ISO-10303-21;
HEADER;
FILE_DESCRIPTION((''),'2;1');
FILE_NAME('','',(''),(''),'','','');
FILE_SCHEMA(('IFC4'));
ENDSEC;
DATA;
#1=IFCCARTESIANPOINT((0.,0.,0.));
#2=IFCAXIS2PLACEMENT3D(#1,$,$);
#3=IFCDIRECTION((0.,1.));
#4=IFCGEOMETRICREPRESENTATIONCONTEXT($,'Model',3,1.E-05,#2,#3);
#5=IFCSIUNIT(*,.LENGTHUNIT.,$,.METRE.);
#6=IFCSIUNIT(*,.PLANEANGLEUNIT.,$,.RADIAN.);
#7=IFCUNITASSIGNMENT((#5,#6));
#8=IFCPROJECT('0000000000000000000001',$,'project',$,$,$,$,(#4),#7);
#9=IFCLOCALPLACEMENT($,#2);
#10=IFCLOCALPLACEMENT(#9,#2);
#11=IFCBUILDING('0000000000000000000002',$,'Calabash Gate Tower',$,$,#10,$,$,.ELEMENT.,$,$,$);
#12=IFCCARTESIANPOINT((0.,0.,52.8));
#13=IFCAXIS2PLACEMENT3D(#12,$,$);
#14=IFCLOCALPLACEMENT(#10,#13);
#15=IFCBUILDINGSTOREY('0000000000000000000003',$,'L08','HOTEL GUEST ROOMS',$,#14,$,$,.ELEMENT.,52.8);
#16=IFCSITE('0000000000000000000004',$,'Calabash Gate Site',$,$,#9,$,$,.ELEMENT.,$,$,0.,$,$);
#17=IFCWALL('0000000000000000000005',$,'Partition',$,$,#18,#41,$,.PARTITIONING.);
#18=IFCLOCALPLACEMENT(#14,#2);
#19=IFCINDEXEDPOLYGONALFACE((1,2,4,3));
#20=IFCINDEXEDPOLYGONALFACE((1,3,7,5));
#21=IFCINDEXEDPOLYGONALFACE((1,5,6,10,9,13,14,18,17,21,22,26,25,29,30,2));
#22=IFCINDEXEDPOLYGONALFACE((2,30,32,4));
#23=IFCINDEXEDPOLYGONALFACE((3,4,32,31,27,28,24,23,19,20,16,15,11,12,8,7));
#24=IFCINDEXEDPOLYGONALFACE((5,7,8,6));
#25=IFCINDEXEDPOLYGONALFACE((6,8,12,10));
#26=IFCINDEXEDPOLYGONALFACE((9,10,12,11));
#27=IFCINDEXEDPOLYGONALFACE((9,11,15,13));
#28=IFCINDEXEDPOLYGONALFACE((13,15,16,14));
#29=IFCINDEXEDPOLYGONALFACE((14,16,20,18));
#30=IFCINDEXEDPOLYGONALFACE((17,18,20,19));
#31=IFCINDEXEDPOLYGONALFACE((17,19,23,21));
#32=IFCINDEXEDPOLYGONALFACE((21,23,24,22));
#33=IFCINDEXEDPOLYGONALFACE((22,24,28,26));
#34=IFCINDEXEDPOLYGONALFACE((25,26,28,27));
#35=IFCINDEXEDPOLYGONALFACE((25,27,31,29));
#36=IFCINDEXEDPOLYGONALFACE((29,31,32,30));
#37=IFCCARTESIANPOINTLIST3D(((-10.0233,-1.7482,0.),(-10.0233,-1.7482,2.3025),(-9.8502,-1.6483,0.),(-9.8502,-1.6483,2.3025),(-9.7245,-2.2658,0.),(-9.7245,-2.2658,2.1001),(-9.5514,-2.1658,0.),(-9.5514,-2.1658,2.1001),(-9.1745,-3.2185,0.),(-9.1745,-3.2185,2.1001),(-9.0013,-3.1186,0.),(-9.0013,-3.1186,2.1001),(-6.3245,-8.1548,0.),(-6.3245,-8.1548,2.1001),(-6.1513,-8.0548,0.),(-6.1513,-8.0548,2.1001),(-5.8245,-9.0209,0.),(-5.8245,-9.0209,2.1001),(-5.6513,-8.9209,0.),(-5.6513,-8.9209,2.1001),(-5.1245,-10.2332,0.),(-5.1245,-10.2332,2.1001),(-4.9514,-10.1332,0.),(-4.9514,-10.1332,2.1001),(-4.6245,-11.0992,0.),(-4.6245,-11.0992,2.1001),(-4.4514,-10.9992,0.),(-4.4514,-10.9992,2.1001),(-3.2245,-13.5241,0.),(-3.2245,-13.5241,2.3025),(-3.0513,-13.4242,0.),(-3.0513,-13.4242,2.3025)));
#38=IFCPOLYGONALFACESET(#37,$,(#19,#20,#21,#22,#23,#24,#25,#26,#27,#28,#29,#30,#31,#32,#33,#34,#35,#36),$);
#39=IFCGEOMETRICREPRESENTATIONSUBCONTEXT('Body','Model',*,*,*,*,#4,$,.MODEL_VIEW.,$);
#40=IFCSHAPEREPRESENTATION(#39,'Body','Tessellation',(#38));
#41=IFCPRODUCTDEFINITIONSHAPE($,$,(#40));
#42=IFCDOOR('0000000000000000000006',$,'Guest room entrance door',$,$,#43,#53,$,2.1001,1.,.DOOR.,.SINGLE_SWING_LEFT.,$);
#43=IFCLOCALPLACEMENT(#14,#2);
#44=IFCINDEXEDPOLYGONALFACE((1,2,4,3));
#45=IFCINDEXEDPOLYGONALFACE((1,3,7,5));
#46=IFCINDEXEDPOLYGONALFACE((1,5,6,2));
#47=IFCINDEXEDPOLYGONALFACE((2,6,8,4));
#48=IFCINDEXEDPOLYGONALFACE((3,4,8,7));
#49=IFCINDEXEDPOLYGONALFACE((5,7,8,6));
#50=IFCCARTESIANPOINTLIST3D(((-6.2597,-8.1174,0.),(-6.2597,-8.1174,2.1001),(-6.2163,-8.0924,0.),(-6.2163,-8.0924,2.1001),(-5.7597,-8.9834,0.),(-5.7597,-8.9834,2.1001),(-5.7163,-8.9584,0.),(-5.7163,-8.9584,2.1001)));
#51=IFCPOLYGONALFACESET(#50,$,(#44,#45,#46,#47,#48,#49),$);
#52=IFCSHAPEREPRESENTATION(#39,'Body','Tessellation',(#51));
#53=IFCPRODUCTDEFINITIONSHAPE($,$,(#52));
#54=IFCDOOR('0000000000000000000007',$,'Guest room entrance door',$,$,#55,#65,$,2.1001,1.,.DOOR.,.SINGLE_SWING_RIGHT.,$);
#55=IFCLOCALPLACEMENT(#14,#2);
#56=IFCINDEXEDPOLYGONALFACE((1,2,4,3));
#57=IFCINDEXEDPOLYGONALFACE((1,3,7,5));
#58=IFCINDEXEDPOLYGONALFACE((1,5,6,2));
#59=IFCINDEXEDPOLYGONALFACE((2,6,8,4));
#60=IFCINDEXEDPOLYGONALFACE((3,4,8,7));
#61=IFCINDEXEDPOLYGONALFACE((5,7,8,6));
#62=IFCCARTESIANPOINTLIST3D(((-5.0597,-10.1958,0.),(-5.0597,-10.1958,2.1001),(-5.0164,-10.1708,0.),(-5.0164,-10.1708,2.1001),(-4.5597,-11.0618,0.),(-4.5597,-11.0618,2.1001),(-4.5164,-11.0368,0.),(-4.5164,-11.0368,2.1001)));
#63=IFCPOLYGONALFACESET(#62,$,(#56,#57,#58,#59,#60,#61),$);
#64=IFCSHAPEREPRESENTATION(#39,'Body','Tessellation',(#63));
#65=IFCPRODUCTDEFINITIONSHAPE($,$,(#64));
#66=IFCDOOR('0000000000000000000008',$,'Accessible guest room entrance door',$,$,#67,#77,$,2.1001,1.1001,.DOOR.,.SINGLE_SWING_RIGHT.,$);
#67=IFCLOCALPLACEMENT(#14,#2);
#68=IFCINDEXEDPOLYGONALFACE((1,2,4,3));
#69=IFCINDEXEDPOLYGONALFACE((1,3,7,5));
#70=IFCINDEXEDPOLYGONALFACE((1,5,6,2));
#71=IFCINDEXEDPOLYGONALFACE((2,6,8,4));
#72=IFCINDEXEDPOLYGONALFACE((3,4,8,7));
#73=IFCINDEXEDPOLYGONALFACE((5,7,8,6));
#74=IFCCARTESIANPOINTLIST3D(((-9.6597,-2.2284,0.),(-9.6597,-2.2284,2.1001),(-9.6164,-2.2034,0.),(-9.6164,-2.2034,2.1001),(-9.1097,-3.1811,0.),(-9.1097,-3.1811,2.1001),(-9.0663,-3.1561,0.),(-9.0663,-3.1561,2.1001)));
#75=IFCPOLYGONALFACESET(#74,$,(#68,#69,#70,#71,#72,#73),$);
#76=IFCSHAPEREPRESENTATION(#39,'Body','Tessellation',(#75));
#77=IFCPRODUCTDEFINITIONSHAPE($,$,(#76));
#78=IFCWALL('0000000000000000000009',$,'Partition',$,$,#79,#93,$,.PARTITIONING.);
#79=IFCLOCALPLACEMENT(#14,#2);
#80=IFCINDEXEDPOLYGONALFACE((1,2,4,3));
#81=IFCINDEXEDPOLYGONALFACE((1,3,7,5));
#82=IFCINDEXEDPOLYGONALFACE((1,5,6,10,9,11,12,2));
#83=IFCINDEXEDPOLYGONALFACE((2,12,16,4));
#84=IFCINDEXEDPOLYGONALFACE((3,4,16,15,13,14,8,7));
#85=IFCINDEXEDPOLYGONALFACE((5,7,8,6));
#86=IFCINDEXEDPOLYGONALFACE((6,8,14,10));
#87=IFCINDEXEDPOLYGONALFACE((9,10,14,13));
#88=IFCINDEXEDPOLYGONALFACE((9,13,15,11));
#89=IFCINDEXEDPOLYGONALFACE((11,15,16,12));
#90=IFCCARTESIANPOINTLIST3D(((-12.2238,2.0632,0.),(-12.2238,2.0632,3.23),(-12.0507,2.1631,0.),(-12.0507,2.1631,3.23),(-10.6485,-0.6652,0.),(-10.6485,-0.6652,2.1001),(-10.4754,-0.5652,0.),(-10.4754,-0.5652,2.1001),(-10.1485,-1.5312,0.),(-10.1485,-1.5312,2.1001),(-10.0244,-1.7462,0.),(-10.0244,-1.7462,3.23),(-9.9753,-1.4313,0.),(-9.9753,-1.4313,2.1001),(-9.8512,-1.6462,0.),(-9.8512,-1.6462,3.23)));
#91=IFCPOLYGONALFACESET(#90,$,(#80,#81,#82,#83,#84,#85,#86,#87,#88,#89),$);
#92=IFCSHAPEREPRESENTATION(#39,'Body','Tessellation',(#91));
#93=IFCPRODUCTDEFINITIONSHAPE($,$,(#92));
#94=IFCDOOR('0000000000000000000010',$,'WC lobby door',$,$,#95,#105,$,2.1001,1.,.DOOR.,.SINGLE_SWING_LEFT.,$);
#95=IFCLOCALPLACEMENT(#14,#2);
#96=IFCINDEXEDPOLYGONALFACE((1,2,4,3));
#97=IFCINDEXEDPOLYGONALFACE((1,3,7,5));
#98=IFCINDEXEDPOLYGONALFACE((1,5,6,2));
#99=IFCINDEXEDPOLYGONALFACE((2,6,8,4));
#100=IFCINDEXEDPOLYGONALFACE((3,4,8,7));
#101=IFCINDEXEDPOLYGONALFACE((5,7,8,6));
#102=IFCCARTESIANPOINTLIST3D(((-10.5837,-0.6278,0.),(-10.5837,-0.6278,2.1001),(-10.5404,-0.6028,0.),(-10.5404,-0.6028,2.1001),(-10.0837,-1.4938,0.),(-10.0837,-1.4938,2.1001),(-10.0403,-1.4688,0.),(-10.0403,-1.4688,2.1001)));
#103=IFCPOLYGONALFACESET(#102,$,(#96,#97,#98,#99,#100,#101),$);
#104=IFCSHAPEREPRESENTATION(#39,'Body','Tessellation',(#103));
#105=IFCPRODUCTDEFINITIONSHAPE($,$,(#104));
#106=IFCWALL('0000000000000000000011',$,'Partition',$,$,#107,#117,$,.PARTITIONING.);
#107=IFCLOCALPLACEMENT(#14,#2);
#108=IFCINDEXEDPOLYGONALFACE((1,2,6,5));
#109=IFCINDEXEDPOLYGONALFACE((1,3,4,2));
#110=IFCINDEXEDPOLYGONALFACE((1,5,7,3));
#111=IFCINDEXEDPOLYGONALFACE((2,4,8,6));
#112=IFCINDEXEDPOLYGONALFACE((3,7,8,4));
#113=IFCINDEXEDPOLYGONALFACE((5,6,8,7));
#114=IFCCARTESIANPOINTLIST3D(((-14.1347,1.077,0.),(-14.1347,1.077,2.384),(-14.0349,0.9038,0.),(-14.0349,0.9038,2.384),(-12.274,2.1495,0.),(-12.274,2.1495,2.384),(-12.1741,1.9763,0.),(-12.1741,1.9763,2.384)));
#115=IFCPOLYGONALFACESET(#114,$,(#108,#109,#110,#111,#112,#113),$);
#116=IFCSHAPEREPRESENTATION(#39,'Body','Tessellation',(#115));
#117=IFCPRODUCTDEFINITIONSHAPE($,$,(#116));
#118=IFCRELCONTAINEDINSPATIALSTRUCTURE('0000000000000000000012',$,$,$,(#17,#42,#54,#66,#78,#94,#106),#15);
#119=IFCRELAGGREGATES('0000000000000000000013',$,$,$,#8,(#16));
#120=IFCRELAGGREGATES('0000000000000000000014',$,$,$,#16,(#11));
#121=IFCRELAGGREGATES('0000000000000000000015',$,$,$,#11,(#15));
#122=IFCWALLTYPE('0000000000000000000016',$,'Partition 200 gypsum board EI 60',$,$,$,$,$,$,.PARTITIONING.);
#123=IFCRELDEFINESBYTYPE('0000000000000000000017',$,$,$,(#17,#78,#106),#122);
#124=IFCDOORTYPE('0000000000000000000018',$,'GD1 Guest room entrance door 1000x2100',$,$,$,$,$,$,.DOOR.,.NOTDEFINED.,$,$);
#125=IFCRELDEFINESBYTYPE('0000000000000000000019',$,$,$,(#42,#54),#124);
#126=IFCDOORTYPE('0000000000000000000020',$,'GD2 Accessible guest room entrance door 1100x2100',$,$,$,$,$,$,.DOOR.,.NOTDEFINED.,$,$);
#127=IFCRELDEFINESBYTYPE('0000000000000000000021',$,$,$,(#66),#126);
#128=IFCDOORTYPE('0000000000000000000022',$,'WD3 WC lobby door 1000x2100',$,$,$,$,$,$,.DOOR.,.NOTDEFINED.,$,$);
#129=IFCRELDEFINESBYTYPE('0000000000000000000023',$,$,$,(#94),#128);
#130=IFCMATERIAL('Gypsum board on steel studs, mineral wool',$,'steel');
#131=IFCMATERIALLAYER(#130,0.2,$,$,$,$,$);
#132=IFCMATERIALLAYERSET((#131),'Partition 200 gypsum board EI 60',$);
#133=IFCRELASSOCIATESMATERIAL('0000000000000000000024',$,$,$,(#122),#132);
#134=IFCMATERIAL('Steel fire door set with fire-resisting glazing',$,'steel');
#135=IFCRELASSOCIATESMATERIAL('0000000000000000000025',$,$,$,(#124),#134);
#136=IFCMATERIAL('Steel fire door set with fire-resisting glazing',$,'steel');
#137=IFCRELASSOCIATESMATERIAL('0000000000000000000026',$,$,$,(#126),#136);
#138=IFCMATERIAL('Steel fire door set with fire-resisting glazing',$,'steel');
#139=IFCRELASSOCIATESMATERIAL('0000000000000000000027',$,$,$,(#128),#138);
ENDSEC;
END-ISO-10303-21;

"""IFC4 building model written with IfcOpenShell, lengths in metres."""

from ifc_helpers import new_model, si_unit, direction, frame, frame_2d, origin, place, context, subcontext, project, spatial, rectangle, extrude, material, layer, layer_set, type_object, element, fill, save


model = new_model("IFC4")

# Units and contexts
model_context = context("Model", 3, precision=1e-05, world=origin(), true_north=direction((0.0, 1.0)))
body_context = subcontext(model_context, "Body", "Model", "MODEL_VIEW")
ifc_project = project(units=[si_unit("LENGTHUNIT", "METRE"), si_unit("PLANEANGLEUNIT", "RADIAN")], contexts=[model_context])

# Site, building, storey
site_placement = place(None, origin())
site = spatial("IfcSite", under=ifc_project, at=site_placement, Name="Calabash Gate Site", CompositionType="ELEMENT", RefElevation=0.0)
building_placement = place(site_placement, origin())
building = spatial("IfcBuilding", under=site, at=building_placement, Name="Calabash Gate Tower", CompositionType="ELEMENT")
storey_placement = place(building_placement, frame((0.0, 0.0, 52.8)))
storey = spatial("IfcBuildingStorey", under=building, at=storey_placement, Name="L08", Description="HOTEL GUEST ROOMS", CompositionType="ELEMENT", Elevation=52.8)

# Shared definitions
ifc_material_1 = material(Name="Gypsum board on steel studs, mineral wool", Category="steel")
ifc_layer_1 = layer(ifc_material_1, 0.2)
ifc_layer_set_1 = layer_set([ifc_layer_1], Name="Partition 200 gypsum board EI 60")
wall_type_1 = type_object("IfcWallType", Name="Partition 200 gypsum board EI 60", PredefinedType="PARTITIONING", material=ifc_layer_set_1)

# Wall, openings, doors
wall_1_placement = place(storey_placement, frame((-9.9368, -1.6982, 0.0), z_axis=(0.0, 0.0, 1.0), x_axis=(0.500001, -0.866025, 0.0)))
wall_1 = element("IfcWall", 1, at=wall_1_placement, inside=storey, type_object=wall_type_1, Name="Partition", PredefinedType="PARTITIONING", context=body_context, shape_type="SweptSolid", body=[
    extrude(rectangle(XDim=13.5977, YDim=0.2, at=frame_2d((6.7988, 0.0))), origin(), (0.0, 0.0, 1.0), 2.3025),
])
opening_1_placement = place(wall_1_placement, frame((0.5977, 0.0, 0.0)))
opening_1 = element("IfcOpeningElement", 2, at=opening_1_placement, cuts=wall_1, PredefinedType="OPENING", context=body_context, shape_type="SweptSolid", body=[
    extrude(rectangle(XDim=1.1001, YDim=2.1001, at=frame_2d((0.55, 1.05))), frame((0.0, 0.1099, 0.0), z_axis=(0.0, -1.0, 0.0), x_axis=(1.0, 0.0, 0.0)), (0.0, 0.0, 1.0), 0.22),
])
opening_2_placement = place(wall_1_placement, frame((7.3977, 0.0, 0.0)))
opening_2 = element("IfcOpeningElement", 3, at=opening_2_placement, cuts=wall_1, PredefinedType="OPENING", context=body_context, shape_type="SweptSolid", body=[
    extrude(rectangle(XDim=1.0, YDim=2.1001, at=frame_2d((0.5, 1.05))), frame((0.0, 0.1099, 0.0), z_axis=(0.0, -1.0, 0.0), x_axis=(1.0, 0.0, 0.0)), (0.0, 0.0, 1.0), 0.22),
])
opening_3_placement = place(wall_1_placement, frame((9.7976, 0.0, 0.0)))
opening_3 = element("IfcOpeningElement", 4, at=opening_3_placement, cuts=wall_1, PredefinedType="OPENING", context=body_context, shape_type="SweptSolid", body=[
    extrude(rectangle(XDim=1.0, YDim=2.1001, at=frame_2d((0.5, 1.05))), frame((0.0, 0.1099, 0.0), z_axis=(0.0, -1.0, 0.0), x_axis=(1.0, 0.0, 0.0)), (0.0, 0.0, 1.0), 0.22),
])
ifc_material_2 = material(Name="Steel fire door set with fire-resisting glazing", Category="steel")
door_type_1 = type_object("IfcDoorType", Name="GD1 Guest room entrance door 1000x2100", OperationType="NOTDEFINED", PredefinedType="DOOR", material=ifc_material_2)
door_1_placement = place(opening_2_placement, origin())
door_1 = element("IfcDoor", 5, at=door_1_placement, inside=storey, type_object=door_type_1, Name="Guest room entrance door", OperationType="SINGLE_SWING_LEFT", OverallHeight=2.1001, OverallWidth=1.0, PredefinedType="DOOR", context=body_context, shape_type="SweptSolid", body=[
    extrude(rectangle(XDim=1.0, YDim=2.1001, at=frame_2d((0.5, 1.05))), frame((0.0, 0.0249, 0.0), z_axis=(0.0, -1.0, 0.0), x_axis=(1.0, 0.0, 0.0)), (0.0, 0.0, 1.0), 0.05),
])
fill(opening_2, door_1)
door_2_placement = place(opening_3_placement, origin())
door_2 = element("IfcDoor", 6, at=door_2_placement, inside=storey, type_object=door_type_1, Name="Guest room entrance door", OperationType="SINGLE_SWING_RIGHT", OverallHeight=2.1001, OverallWidth=1.0, PredefinedType="DOOR", context=body_context, shape_type="SweptSolid", body=[
    extrude(rectangle(XDim=1.0, YDim=2.1001, at=frame_2d((0.5, 1.05))), frame((0.0, 0.0249, 0.0), z_axis=(0.0, -1.0, 0.0), x_axis=(1.0, 0.0, 0.0)), (0.0, 0.0, 1.0), 0.05),
])
fill(opening_3, door_2)
ifc_material_3 = material(Name="Steel fire door set with fire-resisting glazing", Category="steel")
door_type_2 = type_object("IfcDoorType", Name="GD2 Accessible guest room entrance door 1100x2100", OperationType="NOTDEFINED", PredefinedType="DOOR", material=ifc_material_3)
door_3_placement = place(opening_1_placement, origin())
door_3 = element("IfcDoor", 7, at=door_3_placement, inside=storey, type_object=door_type_2, Name="Accessible guest room entrance door", OperationType="SINGLE_SWING_RIGHT", OverallHeight=2.1001, OverallWidth=1.1001, PredefinedType="DOOR", context=body_context, shape_type="SweptSolid", body=[
    extrude(rectangle(XDim=1.1001, YDim=2.1001, at=frame_2d((0.55, 1.05))), frame((0.0, 0.0249, 0.0), z_axis=(0.0, -1.0, 0.0), x_axis=(1.0, 0.0, 0.0)), (0.0, 0.0, 1.0), 0.05),
])
fill(opening_1, door_3)

# Wall, opening, door
wall_2_placement = place(storey_placement, frame((-12.1372, 2.113, 0.0), z_axis=(0.0, 0.0, 1.0), x_axis=(0.500025, -0.866011, 0.0)))
wall_2 = element("IfcWall", 8, at=wall_2_placement, inside=storey, type_object=wall_type_1, Name="Partition", PredefinedType="PARTITIONING", context=body_context, shape_type="SweptSolid", body=[
    extrude(rectangle(XDim=4.3987, YDim=0.2, at=frame_2d((2.1992, 0.0))), origin(), (0.0, 0.0, 1.0), 3.23),
])
opening_4_placement = place(wall_2_placement, frame((3.1504, 0.0, 0.0)))
opening_4 = element("IfcOpeningElement", 9, at=opening_4_placement, cuts=wall_2, PredefinedType="OPENING", context=body_context, shape_type="SweptSolid", body=[
    extrude(rectangle(XDim=1.0, YDim=2.1001, at=frame_2d((0.5, 1.05))), frame((0.0, 0.1099, 0.0), z_axis=(0.0, -1.0, 0.0), x_axis=(1.0, 0.0, 0.0)), (0.0, 0.0, 1.0), 0.22),
])
ifc_material_4 = material(Name="Steel fire door set with fire-resisting glazing", Category="steel")
door_type_3 = type_object("IfcDoorType", Name="WD3 WC lobby door 1000x2100", OperationType="NOTDEFINED", PredefinedType="DOOR", material=ifc_material_4)
door_4_placement = place(opening_4_placement, origin())
door_4 = element("IfcDoor", 10, at=door_4_placement, inside=storey, type_object=door_type_3, Name="WC lobby door", OperationType="SINGLE_SWING_LEFT", OverallHeight=2.1001, OverallWidth=1.0, PredefinedType="DOOR", context=body_context, shape_type="SweptSolid", body=[
    extrude(rectangle(XDim=1.0, YDim=2.1001, at=frame_2d((0.5, 1.05))), frame((0.0, 0.0249, 0.0), z_axis=(0.0, -1.0, 0.0), x_axis=(1.0, 0.0, 0.0)), (0.0, 0.0, 1.0), 0.05),
])
fill(opening_4, door_4)

# Wall
wall_3_placement = place(storey_placement, frame((-14.0847, 0.9905, 0.0), z_axis=(0.0, 0.0, 1.0), x_axis=(0.866397, 0.499355, 0.0)))
element("IfcWall", 11, at=wall_3_placement, inside=storey, type_object=wall_type_1, Name="Partition", PredefinedType="PARTITIONING", context=body_context, shape_type="SweptSolid", body=[
    extrude(rectangle(XDim=2.1477, YDim=0.2, at=frame_2d((1.0737, 0.0))), origin(), (0.0, 0.0, 1.0), 2.384),
])

save(model, "model.ifc")
